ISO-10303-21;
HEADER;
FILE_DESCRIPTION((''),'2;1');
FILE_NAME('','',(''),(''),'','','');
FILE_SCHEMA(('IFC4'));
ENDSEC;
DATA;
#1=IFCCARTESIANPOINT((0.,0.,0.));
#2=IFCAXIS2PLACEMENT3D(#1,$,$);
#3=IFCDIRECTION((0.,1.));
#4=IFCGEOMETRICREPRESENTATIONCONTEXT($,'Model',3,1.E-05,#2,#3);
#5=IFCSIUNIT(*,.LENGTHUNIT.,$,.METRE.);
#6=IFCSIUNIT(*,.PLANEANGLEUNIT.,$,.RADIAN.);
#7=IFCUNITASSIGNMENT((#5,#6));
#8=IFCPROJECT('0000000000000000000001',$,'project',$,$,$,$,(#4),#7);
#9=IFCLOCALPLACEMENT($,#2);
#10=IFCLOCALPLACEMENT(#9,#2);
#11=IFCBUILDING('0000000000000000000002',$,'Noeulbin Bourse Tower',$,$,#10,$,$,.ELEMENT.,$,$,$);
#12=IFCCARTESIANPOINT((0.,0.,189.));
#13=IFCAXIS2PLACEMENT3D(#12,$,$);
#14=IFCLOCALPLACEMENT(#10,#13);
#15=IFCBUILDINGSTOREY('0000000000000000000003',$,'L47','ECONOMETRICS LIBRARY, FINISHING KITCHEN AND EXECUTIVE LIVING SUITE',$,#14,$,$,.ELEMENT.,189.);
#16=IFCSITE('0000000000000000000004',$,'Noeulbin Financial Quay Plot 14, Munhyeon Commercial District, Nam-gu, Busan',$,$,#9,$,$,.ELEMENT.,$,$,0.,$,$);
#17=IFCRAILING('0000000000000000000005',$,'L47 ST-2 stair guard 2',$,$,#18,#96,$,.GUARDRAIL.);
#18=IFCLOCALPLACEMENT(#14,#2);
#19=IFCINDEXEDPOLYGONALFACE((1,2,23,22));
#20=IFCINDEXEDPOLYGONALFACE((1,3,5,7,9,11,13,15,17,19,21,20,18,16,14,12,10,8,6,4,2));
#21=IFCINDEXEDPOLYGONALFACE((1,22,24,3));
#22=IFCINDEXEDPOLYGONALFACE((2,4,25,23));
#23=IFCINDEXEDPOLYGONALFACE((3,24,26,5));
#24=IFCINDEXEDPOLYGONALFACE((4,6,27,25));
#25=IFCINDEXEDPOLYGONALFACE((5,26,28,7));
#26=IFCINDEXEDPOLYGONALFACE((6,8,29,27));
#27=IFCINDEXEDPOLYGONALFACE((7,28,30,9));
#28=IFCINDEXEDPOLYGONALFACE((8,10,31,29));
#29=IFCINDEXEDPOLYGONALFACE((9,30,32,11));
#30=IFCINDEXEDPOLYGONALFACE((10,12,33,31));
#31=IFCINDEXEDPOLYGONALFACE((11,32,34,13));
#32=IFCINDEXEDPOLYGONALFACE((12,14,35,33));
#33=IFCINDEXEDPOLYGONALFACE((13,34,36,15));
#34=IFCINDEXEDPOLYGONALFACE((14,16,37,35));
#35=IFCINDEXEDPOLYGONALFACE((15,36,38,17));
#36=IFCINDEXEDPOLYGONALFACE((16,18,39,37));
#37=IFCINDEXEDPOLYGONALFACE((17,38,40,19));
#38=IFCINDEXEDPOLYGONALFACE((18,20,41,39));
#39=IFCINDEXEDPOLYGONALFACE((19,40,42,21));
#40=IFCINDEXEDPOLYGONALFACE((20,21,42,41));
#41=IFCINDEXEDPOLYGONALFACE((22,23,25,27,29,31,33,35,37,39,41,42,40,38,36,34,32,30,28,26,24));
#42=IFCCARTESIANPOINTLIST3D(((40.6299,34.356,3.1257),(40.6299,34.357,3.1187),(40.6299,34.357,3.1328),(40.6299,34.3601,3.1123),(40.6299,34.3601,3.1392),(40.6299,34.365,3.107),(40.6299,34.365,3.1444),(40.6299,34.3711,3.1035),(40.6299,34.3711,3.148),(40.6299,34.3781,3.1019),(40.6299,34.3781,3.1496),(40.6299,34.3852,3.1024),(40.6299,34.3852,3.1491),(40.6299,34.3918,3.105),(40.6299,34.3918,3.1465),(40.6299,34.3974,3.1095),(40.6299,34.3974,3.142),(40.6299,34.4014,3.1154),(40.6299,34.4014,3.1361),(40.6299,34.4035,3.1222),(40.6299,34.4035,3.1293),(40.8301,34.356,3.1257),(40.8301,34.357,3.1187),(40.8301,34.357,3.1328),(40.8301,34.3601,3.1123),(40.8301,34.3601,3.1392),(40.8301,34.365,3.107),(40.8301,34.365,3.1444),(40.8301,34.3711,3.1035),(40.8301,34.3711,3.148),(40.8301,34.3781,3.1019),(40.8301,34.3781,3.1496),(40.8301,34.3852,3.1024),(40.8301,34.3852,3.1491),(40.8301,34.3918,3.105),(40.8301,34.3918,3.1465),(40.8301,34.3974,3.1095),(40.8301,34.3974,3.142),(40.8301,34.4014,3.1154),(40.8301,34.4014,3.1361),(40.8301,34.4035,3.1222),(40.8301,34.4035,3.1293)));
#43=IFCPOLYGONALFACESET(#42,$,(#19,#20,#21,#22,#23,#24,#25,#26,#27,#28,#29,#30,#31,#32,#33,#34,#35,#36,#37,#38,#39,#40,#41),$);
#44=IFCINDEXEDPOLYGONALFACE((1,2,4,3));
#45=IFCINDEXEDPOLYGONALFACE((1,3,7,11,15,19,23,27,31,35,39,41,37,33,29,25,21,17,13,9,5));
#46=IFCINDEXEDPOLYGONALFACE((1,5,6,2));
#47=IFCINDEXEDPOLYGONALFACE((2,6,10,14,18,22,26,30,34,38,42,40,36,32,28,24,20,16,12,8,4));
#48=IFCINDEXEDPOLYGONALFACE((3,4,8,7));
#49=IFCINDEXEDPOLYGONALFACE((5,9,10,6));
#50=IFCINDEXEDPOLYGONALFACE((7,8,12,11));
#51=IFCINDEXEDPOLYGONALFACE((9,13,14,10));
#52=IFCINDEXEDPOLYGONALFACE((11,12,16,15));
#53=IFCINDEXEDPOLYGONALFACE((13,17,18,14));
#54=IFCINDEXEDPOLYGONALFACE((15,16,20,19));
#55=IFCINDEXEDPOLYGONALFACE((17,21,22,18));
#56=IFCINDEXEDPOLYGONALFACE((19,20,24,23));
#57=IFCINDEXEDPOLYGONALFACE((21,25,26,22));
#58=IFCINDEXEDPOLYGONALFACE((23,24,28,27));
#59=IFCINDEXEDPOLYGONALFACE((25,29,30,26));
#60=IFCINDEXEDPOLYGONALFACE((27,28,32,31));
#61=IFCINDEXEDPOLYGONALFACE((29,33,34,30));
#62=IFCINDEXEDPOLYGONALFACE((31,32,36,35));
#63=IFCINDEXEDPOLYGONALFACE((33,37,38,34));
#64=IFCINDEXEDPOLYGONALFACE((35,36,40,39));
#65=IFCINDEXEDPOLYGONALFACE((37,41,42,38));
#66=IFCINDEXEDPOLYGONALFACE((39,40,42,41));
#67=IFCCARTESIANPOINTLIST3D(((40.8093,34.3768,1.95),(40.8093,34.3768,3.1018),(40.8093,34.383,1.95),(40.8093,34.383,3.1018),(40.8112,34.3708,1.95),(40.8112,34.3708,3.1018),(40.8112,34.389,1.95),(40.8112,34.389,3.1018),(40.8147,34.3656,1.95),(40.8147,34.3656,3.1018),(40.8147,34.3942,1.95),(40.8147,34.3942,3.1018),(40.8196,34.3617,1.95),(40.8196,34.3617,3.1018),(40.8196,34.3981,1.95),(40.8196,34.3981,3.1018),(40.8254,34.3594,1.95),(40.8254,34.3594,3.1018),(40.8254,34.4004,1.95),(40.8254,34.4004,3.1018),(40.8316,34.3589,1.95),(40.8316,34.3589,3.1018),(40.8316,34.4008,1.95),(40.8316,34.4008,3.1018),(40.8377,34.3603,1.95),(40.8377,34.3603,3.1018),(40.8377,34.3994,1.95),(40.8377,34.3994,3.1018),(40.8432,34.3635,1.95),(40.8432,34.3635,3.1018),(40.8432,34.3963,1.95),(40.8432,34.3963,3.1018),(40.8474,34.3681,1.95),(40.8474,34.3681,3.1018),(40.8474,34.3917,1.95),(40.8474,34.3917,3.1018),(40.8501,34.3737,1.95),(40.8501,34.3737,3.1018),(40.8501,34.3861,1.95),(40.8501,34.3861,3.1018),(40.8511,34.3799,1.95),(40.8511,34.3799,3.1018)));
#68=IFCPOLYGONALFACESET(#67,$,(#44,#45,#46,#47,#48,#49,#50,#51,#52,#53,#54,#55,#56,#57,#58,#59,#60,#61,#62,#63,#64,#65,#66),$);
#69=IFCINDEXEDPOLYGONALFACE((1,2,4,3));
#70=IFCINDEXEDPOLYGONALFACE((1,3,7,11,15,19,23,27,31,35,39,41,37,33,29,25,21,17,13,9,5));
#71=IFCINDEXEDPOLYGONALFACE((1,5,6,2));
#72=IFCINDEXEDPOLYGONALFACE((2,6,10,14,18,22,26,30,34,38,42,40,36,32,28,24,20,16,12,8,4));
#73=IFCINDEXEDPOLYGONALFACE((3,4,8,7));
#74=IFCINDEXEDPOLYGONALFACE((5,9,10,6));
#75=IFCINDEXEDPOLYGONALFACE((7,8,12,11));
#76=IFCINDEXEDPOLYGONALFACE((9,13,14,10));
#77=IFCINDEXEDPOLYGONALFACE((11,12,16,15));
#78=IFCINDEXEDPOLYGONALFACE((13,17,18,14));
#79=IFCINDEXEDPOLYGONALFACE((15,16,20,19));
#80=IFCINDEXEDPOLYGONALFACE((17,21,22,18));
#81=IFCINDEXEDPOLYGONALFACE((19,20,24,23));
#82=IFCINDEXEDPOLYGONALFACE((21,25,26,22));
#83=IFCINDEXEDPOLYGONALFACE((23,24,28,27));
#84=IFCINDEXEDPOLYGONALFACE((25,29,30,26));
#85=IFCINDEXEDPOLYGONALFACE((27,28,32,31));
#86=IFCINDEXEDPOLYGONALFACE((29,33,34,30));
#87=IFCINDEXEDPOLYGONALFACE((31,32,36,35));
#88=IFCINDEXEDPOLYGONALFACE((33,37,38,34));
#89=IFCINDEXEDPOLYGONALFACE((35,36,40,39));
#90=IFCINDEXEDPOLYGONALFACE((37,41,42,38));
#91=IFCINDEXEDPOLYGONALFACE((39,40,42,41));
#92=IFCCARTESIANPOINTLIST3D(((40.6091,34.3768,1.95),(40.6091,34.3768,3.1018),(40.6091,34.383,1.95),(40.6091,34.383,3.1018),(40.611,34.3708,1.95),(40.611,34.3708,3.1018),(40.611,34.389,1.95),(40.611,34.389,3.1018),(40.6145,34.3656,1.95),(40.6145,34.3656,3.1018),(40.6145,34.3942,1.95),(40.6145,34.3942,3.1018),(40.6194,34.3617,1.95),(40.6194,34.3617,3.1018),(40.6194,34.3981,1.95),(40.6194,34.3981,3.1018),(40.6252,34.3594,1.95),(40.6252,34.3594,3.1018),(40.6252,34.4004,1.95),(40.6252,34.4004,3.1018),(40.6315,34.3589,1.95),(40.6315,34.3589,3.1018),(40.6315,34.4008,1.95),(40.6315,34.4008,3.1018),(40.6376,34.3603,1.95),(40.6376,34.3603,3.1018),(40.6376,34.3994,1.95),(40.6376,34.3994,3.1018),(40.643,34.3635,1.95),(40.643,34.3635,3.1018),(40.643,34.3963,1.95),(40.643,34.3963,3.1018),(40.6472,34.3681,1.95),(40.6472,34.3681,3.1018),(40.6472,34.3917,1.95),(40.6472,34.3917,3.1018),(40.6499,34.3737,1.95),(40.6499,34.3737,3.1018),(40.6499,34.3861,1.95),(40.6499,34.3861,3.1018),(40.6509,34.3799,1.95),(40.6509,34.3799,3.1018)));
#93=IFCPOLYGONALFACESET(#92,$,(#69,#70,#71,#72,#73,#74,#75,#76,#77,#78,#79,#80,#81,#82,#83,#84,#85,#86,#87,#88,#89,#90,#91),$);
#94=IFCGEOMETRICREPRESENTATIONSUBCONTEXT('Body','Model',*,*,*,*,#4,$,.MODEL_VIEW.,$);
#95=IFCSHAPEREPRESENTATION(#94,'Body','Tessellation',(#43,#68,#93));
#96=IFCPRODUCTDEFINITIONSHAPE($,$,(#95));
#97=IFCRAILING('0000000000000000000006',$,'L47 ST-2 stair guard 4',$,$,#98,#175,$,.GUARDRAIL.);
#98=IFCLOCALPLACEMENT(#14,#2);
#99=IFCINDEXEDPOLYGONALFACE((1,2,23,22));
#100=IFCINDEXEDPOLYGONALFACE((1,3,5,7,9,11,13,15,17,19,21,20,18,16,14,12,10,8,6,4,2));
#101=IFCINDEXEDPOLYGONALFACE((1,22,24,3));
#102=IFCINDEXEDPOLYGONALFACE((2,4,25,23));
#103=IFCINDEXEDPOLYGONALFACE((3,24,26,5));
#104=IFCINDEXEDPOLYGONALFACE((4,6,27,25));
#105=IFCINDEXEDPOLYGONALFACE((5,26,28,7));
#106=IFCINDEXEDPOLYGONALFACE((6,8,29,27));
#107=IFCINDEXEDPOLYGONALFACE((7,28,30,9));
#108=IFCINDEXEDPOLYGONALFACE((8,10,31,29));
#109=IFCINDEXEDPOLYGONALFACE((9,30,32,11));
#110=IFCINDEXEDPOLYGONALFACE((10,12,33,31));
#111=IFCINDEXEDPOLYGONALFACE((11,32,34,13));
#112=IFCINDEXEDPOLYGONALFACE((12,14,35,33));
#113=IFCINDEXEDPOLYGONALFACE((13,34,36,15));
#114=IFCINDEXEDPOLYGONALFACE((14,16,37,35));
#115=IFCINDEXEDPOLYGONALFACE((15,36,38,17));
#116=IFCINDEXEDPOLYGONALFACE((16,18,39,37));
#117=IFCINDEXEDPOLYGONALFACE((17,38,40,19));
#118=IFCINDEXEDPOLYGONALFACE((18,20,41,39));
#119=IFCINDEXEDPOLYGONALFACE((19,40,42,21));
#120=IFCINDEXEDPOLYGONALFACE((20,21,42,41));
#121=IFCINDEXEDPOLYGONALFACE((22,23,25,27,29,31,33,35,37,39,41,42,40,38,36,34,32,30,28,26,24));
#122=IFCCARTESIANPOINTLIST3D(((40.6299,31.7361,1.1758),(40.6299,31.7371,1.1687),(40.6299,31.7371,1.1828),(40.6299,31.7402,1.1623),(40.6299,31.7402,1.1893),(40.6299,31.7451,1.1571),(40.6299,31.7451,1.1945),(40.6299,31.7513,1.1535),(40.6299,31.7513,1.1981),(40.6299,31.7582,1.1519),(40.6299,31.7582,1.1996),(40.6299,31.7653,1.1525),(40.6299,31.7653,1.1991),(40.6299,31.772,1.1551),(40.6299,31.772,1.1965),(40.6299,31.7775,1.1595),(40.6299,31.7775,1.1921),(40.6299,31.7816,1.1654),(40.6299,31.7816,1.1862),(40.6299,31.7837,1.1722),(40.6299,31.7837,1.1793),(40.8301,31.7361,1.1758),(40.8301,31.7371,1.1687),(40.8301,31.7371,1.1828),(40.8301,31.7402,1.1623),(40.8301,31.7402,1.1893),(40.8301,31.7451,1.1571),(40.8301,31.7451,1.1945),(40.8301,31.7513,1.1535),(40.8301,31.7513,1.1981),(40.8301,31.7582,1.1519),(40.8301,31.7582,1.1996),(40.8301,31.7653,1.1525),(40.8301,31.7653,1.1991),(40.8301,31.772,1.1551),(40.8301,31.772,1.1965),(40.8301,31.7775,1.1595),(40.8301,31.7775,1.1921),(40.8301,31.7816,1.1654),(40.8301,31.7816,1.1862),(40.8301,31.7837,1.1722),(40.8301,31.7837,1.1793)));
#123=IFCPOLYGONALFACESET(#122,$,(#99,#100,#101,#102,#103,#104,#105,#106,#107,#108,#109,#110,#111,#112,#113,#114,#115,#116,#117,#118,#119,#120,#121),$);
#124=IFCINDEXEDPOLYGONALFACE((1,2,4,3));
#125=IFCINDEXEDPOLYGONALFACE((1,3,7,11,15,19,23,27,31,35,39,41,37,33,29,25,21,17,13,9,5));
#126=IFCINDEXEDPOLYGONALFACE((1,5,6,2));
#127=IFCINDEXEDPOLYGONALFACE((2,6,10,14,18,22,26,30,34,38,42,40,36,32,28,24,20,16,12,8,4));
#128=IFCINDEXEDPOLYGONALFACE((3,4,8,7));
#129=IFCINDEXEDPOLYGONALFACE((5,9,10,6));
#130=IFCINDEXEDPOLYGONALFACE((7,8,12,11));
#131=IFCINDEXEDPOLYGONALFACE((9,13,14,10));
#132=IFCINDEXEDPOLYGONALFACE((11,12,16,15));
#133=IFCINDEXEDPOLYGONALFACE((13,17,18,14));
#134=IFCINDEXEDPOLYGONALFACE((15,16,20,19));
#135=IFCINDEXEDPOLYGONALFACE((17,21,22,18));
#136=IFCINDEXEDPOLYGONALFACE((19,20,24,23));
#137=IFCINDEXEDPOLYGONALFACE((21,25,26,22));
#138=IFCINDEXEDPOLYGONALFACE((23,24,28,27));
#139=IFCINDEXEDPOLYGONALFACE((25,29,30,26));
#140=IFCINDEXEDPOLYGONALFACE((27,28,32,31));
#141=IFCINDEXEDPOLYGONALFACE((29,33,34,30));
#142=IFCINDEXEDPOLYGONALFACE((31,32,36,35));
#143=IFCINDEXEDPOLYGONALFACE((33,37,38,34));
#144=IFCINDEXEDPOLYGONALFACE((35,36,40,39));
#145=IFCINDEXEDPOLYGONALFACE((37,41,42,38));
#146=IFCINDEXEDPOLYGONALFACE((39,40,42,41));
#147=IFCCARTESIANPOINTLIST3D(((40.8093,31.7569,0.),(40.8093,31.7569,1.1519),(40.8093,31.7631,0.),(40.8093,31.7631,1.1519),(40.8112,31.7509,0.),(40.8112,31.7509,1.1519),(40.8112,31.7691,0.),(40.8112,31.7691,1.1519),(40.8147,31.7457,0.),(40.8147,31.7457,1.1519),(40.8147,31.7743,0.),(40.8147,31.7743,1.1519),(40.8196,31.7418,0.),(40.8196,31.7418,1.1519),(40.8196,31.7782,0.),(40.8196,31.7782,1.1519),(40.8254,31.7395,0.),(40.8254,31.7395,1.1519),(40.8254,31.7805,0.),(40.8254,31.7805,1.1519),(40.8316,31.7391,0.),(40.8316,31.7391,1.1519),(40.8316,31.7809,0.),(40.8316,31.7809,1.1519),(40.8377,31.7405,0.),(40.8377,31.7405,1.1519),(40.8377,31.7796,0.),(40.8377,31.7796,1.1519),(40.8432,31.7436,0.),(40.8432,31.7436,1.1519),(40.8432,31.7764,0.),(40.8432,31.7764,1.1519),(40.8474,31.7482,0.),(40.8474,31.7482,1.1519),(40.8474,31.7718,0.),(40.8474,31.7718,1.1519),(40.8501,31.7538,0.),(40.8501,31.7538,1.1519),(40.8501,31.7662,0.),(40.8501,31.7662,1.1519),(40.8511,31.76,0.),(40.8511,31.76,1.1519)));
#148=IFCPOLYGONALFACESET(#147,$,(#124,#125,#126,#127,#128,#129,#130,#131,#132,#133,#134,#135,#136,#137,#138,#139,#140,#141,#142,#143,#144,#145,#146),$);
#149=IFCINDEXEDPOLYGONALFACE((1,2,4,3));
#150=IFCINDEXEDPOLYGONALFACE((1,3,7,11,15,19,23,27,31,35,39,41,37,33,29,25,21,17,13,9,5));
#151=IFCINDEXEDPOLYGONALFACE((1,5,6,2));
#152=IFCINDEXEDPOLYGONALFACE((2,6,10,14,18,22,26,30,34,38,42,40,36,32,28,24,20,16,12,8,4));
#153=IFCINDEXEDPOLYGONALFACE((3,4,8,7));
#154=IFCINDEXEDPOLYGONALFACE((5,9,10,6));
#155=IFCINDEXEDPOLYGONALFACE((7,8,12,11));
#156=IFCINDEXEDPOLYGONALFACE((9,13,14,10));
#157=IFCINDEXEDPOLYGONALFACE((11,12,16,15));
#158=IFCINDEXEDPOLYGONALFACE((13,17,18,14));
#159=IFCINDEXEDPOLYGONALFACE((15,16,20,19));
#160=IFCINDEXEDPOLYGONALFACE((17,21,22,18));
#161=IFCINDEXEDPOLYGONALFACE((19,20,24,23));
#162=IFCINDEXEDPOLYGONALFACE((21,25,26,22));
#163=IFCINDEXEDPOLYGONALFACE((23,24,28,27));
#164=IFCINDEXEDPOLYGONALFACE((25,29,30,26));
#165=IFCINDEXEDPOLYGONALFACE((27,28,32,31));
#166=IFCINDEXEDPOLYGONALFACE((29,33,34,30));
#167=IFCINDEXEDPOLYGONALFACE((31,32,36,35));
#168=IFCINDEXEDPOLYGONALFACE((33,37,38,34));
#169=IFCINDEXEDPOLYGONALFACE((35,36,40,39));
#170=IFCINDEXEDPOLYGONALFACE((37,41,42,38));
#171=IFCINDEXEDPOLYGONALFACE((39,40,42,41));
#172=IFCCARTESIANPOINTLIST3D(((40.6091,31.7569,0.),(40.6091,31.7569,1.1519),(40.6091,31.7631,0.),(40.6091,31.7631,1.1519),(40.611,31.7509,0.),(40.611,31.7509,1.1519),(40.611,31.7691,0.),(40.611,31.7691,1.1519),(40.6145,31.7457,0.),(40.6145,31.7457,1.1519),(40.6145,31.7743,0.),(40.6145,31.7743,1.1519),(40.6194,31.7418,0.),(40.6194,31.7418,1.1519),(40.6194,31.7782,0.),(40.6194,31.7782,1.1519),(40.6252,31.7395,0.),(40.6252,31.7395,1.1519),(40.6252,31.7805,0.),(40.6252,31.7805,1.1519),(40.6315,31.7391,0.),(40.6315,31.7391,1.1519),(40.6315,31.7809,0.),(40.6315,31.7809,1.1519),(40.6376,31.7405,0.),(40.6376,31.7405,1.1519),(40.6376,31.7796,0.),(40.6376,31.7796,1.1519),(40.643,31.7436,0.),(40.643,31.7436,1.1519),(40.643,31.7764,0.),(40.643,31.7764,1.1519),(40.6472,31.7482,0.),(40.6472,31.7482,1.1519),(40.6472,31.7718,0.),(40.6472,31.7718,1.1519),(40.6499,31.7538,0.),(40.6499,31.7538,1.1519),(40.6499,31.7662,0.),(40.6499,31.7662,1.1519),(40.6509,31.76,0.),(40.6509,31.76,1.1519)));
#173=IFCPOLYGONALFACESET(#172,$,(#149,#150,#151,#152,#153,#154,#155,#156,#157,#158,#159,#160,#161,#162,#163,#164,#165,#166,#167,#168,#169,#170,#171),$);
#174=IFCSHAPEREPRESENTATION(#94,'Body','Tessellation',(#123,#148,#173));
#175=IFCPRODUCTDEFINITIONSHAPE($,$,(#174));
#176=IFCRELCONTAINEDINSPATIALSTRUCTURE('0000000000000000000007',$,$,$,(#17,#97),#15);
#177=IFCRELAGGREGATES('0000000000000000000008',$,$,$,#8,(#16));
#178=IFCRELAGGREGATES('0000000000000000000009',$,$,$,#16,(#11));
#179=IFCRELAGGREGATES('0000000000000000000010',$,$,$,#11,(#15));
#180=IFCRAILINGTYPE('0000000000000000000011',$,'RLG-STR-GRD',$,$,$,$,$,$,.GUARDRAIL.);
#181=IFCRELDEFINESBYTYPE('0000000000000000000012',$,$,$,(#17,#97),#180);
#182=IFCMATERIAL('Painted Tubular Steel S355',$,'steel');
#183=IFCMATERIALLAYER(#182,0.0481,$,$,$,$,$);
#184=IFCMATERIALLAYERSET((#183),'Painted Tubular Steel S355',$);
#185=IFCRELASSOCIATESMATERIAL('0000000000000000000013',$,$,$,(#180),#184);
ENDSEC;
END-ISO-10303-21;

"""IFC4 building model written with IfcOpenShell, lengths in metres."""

from ifc_helpers import new_model, si_unit, direction, frame, origin, origin_2d, place, context, subcontext, project, spatial, circle, extrude, material, layer, layer_set, type_object, element, save


model = new_model("IFC4")

# Units and contexts
model_context = context("Model", 3, precision=1e-05, world=origin(), true_north=direction((0.0, 1.0)))
body_context = subcontext(model_context, "Body", "Model", "MODEL_VIEW")
ifc_project = project(units=[si_unit("LENGTHUNIT", "METRE"), si_unit("PLANEANGLEUNIT", "RADIAN")], contexts=[model_context])

# Site, building, storey
site_placement = place(None, origin())
site = spatial("IfcSite", under=ifc_project, at=site_placement, Name="Noeulbin Financial Quay Plot 14, Munhyeon Commercial District, Nam-gu, Busan", CompositionType="ELEMENT", RefElevation=0.0)
building_placement = place(site_placement, origin())
building = spatial("IfcBuilding", under=site, at=building_placement, Name="Noeulbin Bourse Tower", CompositionType="ELEMENT")
storey_placement = place(building_placement, frame((0.0, 0.0, 189.0)))
storey = spatial("IfcBuildingStorey", under=building, at=storey_placement, Name="L47", Description="ECONOMETRICS LIBRARY, FINISHING KITCHEN AND EXECUTIVE LIVING SUITE", CompositionType="ELEMENT", Elevation=189.0)

# Railings
ifc_material_1 = material(Name="Painted Tubular Steel S355", Category="steel")
ifc_layer_1 = layer(ifc_material_1, 0.0481)
ifc_layer_set_1 = layer_set([ifc_layer_1], Name="Painted Tubular Steel S355")
railing_type_1 = type_object("IfcRailingType", Name="RLG-STR-GRD", PredefinedType="GUARDRAIL", material=ifc_layer_set_1)
for number, where, name in (
    (1, (40.8301, 34.3799, 1.95), "L47 ST-2 stair guard 2"),
    (2, (40.8301, 31.76, 0.0), "L47 ST-2 stair guard 4"),
):
    element("IfcRailing", number, at=place(storey_placement, frame(where)), inside=storey, type_object=railing_type_1, Name=name, PredefinedType="GUARDRAIL", context=body_context, shape_type="SweptSolid", body=[
        extrude(circle(Radius=0.0239, at=origin_2d()), frame((0.0, 0.0, 1.1758), z_axis=(-1.0, 0.0, 0.0), x_axis=(0.0, -1.0, 0.0)), (0.0, 0.0, 1.0), 0.2002),
        extrude(circle(Radius=0.021, at=origin_2d()), origin(), (0.0, 0.0, 1.0), 1.1519),
        extrude(circle(Radius=0.021, at=origin_2d()), frame((-0.2002, 0.0, 0.0)), (0.0, 0.0, 1.0), 1.1519),
    ])

save(model, "model.ifc")
